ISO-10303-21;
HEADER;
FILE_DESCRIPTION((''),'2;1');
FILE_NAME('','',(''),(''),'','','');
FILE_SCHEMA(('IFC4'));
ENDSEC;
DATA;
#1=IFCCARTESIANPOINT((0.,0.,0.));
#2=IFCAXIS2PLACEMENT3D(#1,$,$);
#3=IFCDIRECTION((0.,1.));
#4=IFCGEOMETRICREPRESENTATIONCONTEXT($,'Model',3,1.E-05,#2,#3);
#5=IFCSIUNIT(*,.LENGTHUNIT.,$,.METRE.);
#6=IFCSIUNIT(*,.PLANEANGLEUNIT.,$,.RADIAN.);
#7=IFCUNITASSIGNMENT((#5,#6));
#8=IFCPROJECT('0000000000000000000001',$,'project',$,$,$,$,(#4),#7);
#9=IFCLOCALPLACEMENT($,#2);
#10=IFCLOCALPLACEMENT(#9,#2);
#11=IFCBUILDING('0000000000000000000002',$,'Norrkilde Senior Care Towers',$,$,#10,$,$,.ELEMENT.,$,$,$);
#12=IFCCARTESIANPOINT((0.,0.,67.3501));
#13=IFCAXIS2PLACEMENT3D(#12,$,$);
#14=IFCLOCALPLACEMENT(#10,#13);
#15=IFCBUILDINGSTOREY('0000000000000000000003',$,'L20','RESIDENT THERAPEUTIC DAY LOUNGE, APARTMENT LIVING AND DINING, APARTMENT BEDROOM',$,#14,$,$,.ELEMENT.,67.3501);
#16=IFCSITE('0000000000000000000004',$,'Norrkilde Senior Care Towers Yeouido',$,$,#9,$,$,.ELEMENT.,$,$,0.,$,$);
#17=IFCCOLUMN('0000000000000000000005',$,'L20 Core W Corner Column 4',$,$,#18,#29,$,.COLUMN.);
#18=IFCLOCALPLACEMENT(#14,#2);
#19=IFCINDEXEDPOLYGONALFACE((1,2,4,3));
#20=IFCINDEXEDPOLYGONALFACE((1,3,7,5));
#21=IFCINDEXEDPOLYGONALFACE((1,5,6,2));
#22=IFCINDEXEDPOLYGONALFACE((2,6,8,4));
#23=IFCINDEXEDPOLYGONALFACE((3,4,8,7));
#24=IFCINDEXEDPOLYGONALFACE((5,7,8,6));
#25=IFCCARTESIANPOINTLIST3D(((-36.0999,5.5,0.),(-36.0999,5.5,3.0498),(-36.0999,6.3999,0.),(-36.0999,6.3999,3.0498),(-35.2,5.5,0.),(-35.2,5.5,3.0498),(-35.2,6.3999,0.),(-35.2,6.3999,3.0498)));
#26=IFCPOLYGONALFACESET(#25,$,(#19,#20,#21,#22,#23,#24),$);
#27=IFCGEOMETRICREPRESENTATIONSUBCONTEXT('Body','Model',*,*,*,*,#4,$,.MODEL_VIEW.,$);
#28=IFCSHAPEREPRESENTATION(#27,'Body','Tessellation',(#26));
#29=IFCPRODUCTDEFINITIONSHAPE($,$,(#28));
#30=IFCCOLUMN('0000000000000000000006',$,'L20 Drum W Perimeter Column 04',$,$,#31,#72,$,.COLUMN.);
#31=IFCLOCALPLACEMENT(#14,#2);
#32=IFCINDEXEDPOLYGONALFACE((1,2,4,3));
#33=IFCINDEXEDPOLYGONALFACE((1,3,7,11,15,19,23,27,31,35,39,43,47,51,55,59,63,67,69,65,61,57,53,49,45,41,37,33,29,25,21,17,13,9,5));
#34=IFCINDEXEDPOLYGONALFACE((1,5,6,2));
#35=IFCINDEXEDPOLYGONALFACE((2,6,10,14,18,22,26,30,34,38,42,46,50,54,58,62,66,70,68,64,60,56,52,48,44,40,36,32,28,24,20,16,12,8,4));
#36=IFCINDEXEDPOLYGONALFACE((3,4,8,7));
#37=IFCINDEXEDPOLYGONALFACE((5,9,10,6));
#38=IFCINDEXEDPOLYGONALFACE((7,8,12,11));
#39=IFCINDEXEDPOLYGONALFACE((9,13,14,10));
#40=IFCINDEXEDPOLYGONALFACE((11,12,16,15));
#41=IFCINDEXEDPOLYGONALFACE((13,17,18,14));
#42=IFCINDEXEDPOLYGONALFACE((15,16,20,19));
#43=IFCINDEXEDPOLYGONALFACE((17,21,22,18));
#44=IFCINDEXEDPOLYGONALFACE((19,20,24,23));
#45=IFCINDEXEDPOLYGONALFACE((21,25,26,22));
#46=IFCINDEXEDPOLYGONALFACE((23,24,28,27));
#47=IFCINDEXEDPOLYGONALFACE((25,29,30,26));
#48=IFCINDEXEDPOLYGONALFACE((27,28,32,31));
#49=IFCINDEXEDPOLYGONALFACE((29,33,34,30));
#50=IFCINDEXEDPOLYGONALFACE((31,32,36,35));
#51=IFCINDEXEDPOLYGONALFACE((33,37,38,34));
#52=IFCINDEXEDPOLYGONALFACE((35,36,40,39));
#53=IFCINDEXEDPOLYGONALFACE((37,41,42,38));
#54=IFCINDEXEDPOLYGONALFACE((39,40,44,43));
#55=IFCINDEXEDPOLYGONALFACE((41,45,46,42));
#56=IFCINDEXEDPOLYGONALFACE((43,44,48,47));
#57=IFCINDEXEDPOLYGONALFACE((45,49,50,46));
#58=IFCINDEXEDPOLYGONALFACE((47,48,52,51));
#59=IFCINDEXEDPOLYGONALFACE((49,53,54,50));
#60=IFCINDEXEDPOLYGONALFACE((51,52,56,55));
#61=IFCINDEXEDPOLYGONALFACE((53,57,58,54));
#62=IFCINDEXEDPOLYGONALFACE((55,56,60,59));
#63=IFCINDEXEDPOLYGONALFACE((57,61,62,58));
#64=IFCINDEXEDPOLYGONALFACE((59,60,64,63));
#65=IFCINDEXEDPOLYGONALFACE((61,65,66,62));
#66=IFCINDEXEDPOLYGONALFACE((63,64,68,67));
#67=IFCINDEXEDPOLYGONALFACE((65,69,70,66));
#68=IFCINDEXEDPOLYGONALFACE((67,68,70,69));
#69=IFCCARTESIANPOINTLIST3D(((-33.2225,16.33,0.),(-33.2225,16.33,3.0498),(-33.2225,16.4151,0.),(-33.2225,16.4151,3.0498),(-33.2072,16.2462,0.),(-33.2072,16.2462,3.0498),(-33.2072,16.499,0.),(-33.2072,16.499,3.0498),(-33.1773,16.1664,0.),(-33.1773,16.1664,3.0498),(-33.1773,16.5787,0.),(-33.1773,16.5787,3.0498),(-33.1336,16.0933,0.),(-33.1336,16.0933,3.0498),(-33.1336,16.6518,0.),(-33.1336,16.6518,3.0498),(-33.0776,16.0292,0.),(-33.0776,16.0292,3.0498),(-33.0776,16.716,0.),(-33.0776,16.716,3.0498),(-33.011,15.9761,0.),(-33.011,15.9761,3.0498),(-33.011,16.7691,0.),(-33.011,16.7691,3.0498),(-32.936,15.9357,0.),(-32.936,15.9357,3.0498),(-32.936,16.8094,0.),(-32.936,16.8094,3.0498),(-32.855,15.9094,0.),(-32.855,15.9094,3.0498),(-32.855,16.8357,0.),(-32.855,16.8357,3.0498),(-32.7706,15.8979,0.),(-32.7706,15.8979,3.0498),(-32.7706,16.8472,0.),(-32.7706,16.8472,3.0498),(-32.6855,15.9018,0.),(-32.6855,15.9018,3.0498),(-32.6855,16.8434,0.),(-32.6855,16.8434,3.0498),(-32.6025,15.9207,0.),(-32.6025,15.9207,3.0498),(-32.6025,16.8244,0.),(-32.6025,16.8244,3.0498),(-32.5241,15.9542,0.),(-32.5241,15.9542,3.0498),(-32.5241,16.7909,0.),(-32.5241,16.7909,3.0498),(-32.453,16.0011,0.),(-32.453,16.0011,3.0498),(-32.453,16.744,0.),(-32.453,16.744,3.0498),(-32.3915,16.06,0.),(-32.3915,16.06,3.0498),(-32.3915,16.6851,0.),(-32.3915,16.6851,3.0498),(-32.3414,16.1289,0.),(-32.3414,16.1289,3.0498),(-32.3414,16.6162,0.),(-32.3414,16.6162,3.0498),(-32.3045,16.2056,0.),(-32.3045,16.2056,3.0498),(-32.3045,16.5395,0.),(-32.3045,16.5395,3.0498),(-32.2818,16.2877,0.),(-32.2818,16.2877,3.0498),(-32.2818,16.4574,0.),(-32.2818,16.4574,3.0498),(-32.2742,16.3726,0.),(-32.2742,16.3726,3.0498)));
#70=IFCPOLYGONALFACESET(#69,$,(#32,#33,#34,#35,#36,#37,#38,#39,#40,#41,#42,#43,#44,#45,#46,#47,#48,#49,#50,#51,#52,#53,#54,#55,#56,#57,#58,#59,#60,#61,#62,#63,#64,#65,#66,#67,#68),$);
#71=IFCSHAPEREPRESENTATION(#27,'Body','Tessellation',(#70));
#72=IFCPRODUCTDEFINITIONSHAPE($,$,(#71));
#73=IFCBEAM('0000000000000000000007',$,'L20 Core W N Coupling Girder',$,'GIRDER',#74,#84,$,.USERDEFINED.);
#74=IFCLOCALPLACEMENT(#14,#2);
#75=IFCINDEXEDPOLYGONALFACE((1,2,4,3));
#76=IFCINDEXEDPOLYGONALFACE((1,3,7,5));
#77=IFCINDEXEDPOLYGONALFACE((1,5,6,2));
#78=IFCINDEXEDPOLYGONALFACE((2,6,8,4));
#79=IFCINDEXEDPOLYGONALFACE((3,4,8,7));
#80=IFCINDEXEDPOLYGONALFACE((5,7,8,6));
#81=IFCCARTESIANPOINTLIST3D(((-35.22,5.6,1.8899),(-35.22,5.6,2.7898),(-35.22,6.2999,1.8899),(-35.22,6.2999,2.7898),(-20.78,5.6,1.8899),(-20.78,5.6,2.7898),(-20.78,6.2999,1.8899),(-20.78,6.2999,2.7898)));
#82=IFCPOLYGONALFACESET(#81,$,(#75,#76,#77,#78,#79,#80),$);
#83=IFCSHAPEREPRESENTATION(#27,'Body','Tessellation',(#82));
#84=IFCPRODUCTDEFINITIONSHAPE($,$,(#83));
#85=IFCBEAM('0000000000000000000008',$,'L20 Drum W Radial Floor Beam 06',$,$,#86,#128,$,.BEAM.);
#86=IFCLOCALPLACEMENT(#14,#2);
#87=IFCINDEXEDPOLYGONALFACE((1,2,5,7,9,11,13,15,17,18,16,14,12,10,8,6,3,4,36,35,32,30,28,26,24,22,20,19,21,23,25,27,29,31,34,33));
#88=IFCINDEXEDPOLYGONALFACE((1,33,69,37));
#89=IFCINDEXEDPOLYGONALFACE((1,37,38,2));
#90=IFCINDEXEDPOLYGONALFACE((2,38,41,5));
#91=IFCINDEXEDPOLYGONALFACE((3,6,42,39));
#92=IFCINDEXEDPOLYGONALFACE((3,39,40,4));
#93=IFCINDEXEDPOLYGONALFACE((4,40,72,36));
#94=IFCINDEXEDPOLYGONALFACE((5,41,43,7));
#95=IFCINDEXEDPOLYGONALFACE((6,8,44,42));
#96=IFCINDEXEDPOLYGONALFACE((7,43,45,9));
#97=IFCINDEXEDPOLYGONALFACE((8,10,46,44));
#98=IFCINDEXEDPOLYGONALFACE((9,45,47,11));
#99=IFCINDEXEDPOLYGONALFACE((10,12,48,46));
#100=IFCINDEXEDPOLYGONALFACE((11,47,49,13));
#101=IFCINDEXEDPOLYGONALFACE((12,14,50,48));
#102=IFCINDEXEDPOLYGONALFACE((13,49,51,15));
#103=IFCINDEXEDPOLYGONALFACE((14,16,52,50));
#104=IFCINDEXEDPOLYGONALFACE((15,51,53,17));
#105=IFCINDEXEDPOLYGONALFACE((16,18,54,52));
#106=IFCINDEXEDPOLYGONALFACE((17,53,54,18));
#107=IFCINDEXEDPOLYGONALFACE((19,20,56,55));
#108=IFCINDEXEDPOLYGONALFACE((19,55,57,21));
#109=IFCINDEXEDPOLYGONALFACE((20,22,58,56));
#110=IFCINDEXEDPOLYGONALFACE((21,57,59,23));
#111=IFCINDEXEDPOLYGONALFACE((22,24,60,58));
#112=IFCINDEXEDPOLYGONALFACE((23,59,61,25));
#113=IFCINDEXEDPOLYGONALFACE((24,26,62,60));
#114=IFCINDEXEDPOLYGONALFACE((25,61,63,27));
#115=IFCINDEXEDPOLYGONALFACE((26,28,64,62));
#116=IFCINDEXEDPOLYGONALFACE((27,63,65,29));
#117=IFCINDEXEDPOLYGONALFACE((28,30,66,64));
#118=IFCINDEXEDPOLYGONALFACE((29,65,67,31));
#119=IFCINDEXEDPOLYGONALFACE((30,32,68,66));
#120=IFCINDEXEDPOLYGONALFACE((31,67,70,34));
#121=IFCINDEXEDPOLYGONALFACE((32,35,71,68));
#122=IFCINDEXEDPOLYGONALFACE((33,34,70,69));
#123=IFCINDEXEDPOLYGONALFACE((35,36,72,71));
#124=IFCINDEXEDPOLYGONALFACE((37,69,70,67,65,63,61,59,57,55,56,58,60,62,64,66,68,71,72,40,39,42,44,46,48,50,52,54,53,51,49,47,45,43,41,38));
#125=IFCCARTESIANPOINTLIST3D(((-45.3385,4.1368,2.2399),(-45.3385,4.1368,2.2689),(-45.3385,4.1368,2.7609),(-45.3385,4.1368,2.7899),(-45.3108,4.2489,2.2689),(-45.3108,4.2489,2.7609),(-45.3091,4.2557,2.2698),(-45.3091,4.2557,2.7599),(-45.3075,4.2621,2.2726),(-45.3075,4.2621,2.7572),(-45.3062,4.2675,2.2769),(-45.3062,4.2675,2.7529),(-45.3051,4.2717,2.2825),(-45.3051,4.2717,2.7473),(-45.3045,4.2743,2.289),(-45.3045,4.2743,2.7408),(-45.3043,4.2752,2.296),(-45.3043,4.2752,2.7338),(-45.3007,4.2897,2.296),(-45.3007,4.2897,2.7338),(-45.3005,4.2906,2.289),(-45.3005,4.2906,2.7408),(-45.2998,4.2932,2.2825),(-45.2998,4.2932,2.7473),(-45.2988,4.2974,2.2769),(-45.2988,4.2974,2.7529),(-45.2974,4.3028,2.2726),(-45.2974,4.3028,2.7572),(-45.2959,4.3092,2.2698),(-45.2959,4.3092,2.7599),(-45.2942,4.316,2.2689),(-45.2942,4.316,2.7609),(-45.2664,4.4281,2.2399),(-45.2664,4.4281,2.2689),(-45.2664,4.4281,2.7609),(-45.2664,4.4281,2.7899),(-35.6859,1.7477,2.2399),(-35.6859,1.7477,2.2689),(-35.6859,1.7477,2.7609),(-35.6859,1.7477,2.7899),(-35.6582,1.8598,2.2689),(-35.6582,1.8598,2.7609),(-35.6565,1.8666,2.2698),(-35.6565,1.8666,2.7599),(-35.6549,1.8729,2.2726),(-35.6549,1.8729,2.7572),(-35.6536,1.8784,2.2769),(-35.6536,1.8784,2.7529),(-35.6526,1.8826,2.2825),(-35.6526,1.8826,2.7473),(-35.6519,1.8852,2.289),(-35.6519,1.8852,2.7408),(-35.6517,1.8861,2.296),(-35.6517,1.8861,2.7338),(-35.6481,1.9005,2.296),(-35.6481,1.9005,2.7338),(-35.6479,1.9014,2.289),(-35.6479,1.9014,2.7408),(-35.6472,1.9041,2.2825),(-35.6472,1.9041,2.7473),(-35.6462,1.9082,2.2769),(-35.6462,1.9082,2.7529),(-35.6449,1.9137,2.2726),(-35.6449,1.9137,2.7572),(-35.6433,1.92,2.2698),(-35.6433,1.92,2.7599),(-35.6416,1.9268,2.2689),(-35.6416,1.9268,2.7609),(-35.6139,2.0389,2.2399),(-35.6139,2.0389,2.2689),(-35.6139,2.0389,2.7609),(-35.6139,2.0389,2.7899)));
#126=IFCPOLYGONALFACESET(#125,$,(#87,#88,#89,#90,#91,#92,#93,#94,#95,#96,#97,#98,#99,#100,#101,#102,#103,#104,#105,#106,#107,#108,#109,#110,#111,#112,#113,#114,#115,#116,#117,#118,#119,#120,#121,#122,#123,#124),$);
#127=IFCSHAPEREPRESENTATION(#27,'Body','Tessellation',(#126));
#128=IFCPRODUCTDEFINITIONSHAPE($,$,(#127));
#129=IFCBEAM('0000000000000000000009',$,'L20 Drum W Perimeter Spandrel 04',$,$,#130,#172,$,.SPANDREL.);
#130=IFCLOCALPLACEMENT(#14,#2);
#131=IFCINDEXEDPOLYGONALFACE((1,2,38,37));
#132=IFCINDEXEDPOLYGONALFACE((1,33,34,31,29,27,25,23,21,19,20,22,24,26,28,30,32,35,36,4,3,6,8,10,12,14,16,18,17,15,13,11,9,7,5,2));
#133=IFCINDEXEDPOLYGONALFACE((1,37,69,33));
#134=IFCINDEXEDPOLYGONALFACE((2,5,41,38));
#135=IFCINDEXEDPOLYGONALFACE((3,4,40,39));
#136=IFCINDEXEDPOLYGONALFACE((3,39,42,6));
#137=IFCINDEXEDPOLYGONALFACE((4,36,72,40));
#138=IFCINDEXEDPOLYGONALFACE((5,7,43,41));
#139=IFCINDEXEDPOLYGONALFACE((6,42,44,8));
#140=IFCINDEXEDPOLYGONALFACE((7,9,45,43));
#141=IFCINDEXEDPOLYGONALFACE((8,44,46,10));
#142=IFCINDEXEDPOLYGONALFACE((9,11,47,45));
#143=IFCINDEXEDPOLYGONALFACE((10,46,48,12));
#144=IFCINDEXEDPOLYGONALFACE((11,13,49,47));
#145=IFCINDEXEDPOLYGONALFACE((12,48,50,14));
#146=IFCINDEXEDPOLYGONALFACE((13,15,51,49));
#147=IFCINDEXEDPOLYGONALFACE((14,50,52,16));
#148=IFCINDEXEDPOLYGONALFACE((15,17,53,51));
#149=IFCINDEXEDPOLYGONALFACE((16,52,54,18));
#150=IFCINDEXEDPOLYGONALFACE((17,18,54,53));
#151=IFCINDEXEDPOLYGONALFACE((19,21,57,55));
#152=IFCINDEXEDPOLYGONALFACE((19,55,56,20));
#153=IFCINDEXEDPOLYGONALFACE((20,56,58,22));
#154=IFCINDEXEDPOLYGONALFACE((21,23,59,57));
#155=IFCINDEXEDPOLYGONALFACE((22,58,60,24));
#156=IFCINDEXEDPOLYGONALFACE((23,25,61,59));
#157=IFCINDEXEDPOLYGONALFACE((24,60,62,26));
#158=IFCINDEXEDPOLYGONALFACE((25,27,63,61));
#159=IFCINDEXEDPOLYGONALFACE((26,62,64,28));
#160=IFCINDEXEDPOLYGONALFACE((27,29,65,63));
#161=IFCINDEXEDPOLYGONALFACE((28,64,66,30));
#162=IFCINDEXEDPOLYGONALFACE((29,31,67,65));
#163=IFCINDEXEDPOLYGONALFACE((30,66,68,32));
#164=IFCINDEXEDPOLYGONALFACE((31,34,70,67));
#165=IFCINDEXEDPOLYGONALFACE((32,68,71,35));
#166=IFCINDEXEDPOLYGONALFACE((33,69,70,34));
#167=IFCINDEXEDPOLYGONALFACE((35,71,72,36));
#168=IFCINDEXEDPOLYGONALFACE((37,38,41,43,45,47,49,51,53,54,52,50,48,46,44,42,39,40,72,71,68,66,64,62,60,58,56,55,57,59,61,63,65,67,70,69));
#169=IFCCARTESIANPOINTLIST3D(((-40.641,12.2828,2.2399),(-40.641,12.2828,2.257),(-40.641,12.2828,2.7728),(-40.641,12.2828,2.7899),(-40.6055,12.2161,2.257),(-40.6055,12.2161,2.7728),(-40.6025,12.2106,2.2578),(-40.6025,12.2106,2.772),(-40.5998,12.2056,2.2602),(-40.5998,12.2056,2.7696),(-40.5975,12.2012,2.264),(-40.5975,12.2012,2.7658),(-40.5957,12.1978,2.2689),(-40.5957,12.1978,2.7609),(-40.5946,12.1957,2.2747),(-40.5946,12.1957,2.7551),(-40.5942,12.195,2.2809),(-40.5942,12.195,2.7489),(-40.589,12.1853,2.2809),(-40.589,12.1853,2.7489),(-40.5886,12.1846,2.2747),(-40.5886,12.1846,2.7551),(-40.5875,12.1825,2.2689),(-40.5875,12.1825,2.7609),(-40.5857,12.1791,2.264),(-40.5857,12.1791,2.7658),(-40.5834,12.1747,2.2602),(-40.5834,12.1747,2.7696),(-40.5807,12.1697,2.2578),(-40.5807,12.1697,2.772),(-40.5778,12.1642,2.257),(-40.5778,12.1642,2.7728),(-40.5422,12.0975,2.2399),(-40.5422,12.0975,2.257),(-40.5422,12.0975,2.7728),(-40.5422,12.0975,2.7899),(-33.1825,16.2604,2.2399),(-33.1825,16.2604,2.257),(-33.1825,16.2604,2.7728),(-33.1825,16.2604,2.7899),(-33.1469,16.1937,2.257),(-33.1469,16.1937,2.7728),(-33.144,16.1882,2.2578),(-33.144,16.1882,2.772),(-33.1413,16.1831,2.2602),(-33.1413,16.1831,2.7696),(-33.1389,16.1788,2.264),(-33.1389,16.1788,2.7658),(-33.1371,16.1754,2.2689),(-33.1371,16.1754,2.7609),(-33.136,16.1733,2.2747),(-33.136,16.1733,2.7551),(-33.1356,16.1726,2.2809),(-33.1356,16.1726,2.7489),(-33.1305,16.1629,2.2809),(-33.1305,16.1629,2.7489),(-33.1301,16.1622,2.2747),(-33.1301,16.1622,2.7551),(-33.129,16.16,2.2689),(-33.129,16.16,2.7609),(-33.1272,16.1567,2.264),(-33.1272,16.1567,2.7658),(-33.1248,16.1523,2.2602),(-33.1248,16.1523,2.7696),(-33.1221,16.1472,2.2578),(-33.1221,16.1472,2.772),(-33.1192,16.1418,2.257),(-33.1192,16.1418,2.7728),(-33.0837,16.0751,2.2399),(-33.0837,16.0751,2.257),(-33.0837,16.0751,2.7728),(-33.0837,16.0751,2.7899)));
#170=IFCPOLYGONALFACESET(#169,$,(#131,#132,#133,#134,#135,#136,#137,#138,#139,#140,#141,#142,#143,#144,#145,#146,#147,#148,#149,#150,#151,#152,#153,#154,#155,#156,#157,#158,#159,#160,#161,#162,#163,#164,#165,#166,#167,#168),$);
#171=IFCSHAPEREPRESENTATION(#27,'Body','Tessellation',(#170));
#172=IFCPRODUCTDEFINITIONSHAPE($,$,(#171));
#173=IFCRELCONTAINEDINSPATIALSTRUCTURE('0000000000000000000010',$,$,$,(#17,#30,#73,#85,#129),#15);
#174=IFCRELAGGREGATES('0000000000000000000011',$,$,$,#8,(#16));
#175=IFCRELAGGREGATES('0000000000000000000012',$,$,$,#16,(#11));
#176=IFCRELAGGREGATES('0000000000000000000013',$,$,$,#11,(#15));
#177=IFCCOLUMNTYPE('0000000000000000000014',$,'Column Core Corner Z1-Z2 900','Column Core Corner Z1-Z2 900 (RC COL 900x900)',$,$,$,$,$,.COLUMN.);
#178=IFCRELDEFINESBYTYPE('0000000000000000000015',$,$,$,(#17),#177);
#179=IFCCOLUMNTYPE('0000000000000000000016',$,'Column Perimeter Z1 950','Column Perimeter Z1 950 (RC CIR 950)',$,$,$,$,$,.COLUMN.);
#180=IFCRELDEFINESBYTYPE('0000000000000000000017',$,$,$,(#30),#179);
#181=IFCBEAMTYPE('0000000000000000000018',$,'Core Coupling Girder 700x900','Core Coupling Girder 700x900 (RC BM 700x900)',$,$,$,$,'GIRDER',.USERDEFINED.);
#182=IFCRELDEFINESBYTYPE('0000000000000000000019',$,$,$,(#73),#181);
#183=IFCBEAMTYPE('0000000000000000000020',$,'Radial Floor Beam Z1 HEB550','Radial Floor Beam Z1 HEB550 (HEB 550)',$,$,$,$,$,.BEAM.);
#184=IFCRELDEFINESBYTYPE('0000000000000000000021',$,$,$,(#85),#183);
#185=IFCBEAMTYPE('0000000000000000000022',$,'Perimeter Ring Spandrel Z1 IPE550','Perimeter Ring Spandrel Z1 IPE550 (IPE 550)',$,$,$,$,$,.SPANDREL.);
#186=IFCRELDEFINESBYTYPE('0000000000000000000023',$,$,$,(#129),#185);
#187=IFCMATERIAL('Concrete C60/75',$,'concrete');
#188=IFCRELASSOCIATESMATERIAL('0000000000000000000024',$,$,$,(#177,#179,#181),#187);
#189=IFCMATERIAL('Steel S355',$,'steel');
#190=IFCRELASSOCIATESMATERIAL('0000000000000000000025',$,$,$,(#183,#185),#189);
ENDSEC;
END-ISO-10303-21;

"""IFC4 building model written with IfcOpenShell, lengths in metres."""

from ifc_helpers import new_model, si_unit, direction, frame, origin, origin_2d, place, context, subcontext, project, spatial, rectangle, circle, i_section, extrude, source, transform, mapped, material, material_profile, profile_set, type_object, type_shapes, element, save


model = new_model("IFC4")

# Units and contexts
model_context = context("Model", 3, precision=1e-05, world=origin(), true_north=direction((0.0, 1.0)))
body_context = subcontext(model_context, "Body", "Model", "MODEL_VIEW")
ifc_project = project(units=[si_unit("LENGTHUNIT", "METRE"), si_unit("PLANEANGLEUNIT", "RADIAN")], contexts=[model_context])

# Site, building, storey
site_placement = place(None, origin())
site = spatial("IfcSite", under=ifc_project, at=site_placement, Name="Norrkilde Senior Care Towers Yeouido", CompositionType="ELEMENT", RefElevation=0.0)
building_placement = place(site_placement, origin())
building = spatial("IfcBuilding", under=site, at=building_placement, Name="Norrkilde Senior Care Towers", CompositionType="ELEMENT")
storey_placement = place(building_placement, frame((0.0, 0.0, 67.3501)))
storey = spatial("IfcBuildingStorey", under=building, at=storey_placement, Name="L20", Description="RESIDENT THERAPEUTIC DAY LOUNGE, APARTMENT LIVING AND DINING, APARTMENT BEDROOM", CompositionType="ELEMENT", Elevation=67.3501)

# Columns
ifc_material_1 = material(Name="Concrete C60/75", Category="concrete")
ifc_material_profile_1 = material_profile(ifc_material_1, rectangle(XDim=0.8999, YDim=0.8999, at=origin_2d()), Name="RC COL 900x900")
ifc_profile_set_1 = profile_set([ifc_material_profile_1], Name="Concrete C60/75")
column_type_1 = type_object("IfcColumnType", Name="Column Core Corner Z1-Z2 900", Description="Column Core Corner Z1-Z2 900 (RC COL 900x900)", PredefinedType="COLUMN", material=ifc_profile_set_1)
shared_shape_1 = source(origin(), body_context, "Body", "SweptSolid", [
    extrude(rectangle(XDim=0.8999, YDim=0.8999, at=origin_2d()), origin(), (0.0, 0.0, 1.0), 3.0498),
])
type_shapes(column_type_1, [shared_shape_1])
column_1_placement = place(storey_placement, frame((-35.6499, 5.95, 0.0), z_axis=(0.0, 0.0, 1.0), x_axis=(1.0, 0.0, 0.0)))
element("IfcColumn", 1, at=column_1_placement, inside=storey, type_object=column_type_1, Name="L20 Core W Corner Column 4", PredefinedType="COLUMN", context=body_context, shape_type="MappedRepresentation", body=[
    mapped(shared_shape_1, transform((0.0, 0.0, 0.0), x_axis=(1.0, 0.0, 0.0), y_axis=(0.0, 1.0, 0.0), z_axis=(0.0, 0.0, 1.0), scale=1.0)),
])
ifc_material_profile_2 = material_profile(ifc_material_1, circle(Radius=0.4751, at=origin_2d()), Name="RC CIR 950")
ifc_profile_set_2 = profile_set([ifc_material_profile_2], Name="Concrete C60/75")
column_type_2 = type_object("IfcColumnType", Name="Column Perimeter Z1 950", Description="Column Perimeter Z1 950 (RC CIR 950)", PredefinedType="COLUMN", material=ifc_profile_set_2)
shared_shape_2 = source(origin(), body_context, "Body", "SweptSolid", [
    extrude(circle(Radius=0.4751, at=origin_2d()), origin(), (0.0, 0.0, 1.0), 3.0498),
])
type_shapes(column_type_2, [shared_shape_2])
column_2_placement = place(storey_placement, frame((-32.7493, 16.3726, 0.0), z_axis=(0.0, 0.0, 1.0), x_axis=(1.0, 0.0, 0.0)))
element("IfcColumn", 2, at=column_2_placement, inside=storey, type_object=column_type_2, Name="L20 Drum W Perimeter Column 04", PredefinedType="COLUMN", context=body_context, shape_type="MappedRepresentation", body=[
    mapped(shared_shape_2, transform((0.0, 0.0, 0.0), x_axis=(1.0, 0.0, 0.0), y_axis=(0.0, 1.0, 0.0), z_axis=(0.0, 0.0, 1.0), scale=1.0)),
])

# Beams
ifc_material_profile_3 = material_profile(ifc_material_1, rectangle(XDim=0.7, YDim=0.8999, at=origin_2d()), Name="RC BM 700x900")
ifc_profile_set_3 = profile_set([ifc_material_profile_3], Name="Concrete C60/75")
beam_type_1 = type_object("IfcBeamType", Name="Core Coupling Girder 700x900", Description="Core Coupling Girder 700x900 (RC BM 700x900)", ElementType="GIRDER", PredefinedType="USERDEFINED", material=ifc_profile_set_3)
shared_shape_3 = source(origin(), body_context, "Body", "SweptSolid", [
    extrude(rectangle(XDim=0.7, YDim=0.8999, at=origin_2d()), origin(), (0.0, 0.0, 1.0), 14.4399),
])
type_shapes(beam_type_1, [shared_shape_3])
beam_1_placement = place(storey_placement, frame((-35.22, 5.95, 2.3398), z_axis=(1.0, 0.0, 0.0), x_axis=(0.0, 1.0, 0.0)))
element("IfcBeam", 3, at=beam_1_placement, inside=storey, type_object=beam_type_1, Name="L20 Core W N Coupling Girder", ObjectType="GIRDER", PredefinedType="USERDEFINED", context=body_context, shape_type="MappedRepresentation", body=[
    mapped(shared_shape_3, transform((0.0, 0.0, 0.0), x_axis=(1.0, 0.0, 0.0), y_axis=(0.0, 1.0, 0.0), z_axis=(0.0, 0.0, 1.0), scale=1.0)),
])
ifc_material_2 = material(Name="Steel S355", Category="steel")
ifc_material_profile_4 = material_profile(ifc_material_2, i_section(OverallWidth=0.3, OverallDepth=0.55, WebThickness=0.0149, FlangeThickness=0.0291, FilletRadius=0.0271, at=origin_2d()), Name="HEB 550")
ifc_profile_set_4 = profile_set([ifc_material_profile_4], Name="Steel S355")
beam_type_2 = type_object("IfcBeamType", Name="Radial Floor Beam Z1 HEB550", Description="Radial Floor Beam Z1 HEB550 (HEB 550)", PredefinedType="BEAM", material=ifc_profile_set_4)
shared_shape_4 = source(origin(), body_context, "Body", "SweptSolid", [
    extrude(i_section(OverallWidth=0.3, OverallDepth=0.55, WebThickness=0.0149, FlangeThickness=0.0291, FilletRadius=0.0271, at=origin_2d()), origin(), (0.0, 0.0, 1.0), 9.9438),
])
beam_2_placement = place(storey_placement, frame((-35.6499, 1.8933, 2.5149), z_axis=(-0.970707, 0.240265, 0.0), x_axis=(-0.240265, -0.970707, 0.0)))
element("IfcBeam", 4, at=beam_2_placement, inside=storey, type_object=beam_type_2, Name="L20 Drum W Radial Floor Beam 06", PredefinedType="BEAM", context=body_context, shape_type="MappedRepresentation", body=[
    mapped(shared_shape_4, transform((0.0, 0.0, 0.0), x_axis=(1.0, 0.0, 0.0), y_axis=(0.0, 1.0, 0.0), z_axis=(0.0, 0.0, 1.0), scale=1.0)),
])
ifc_material_profile_5 = material_profile(ifc_material_2, i_section(OverallWidth=0.21, OverallDepth=0.55, WebThickness=0.011, FlangeThickness=0.0171, FilletRadius=0.0239, at=origin_2d()), Name="IPE 550")
ifc_profile_set_5 = profile_set([ifc_material_profile_5], Name="Steel S355")
beam_type_3 = type_object("IfcBeamType", Name="Perimeter Ring Spandrel Z1 IPE550", Description="Perimeter Ring Spandrel Z1 IPE550 (IPE 550)", PredefinedType="SPANDREL", material=ifc_profile_set_5)
shared_shape_5 = source(origin(), body_context, "Body", "SweptSolid", [
    extrude(i_section(OverallWidth=0.21, OverallDepth=0.55, WebThickness=0.011, FlangeThickness=0.0171, FilletRadius=0.0239, at=origin_2d()), origin(), (0.0, 0.0, 1.0), 8.4529),
])
type_shapes(beam_type_3, [shared_shape_5])
beam_3_placement = place(storey_placement, frame((-33.1331, 16.1677, 2.5149), z_axis=(-0.882369, -0.470558, 0.0), x_axis=(0.470558, -0.882369, 0.0)))
element("IfcBeam", 5, at=beam_3_placement, inside=storey, type_object=beam_type_3, Name="L20 Drum W Perimeter Spandrel 04", PredefinedType="SPANDREL", context=body_context, shape_type="MappedRepresentation", body=[
    mapped(shared_shape_5, transform((0.0, 0.0, 0.0), x_axis=(1.0, 0.0, 0.0), y_axis=(0.0, 1.0, 0.0), z_axis=(0.0, 0.0, 1.0), scale=1.0)),
])

save(model, "model.ifc")
